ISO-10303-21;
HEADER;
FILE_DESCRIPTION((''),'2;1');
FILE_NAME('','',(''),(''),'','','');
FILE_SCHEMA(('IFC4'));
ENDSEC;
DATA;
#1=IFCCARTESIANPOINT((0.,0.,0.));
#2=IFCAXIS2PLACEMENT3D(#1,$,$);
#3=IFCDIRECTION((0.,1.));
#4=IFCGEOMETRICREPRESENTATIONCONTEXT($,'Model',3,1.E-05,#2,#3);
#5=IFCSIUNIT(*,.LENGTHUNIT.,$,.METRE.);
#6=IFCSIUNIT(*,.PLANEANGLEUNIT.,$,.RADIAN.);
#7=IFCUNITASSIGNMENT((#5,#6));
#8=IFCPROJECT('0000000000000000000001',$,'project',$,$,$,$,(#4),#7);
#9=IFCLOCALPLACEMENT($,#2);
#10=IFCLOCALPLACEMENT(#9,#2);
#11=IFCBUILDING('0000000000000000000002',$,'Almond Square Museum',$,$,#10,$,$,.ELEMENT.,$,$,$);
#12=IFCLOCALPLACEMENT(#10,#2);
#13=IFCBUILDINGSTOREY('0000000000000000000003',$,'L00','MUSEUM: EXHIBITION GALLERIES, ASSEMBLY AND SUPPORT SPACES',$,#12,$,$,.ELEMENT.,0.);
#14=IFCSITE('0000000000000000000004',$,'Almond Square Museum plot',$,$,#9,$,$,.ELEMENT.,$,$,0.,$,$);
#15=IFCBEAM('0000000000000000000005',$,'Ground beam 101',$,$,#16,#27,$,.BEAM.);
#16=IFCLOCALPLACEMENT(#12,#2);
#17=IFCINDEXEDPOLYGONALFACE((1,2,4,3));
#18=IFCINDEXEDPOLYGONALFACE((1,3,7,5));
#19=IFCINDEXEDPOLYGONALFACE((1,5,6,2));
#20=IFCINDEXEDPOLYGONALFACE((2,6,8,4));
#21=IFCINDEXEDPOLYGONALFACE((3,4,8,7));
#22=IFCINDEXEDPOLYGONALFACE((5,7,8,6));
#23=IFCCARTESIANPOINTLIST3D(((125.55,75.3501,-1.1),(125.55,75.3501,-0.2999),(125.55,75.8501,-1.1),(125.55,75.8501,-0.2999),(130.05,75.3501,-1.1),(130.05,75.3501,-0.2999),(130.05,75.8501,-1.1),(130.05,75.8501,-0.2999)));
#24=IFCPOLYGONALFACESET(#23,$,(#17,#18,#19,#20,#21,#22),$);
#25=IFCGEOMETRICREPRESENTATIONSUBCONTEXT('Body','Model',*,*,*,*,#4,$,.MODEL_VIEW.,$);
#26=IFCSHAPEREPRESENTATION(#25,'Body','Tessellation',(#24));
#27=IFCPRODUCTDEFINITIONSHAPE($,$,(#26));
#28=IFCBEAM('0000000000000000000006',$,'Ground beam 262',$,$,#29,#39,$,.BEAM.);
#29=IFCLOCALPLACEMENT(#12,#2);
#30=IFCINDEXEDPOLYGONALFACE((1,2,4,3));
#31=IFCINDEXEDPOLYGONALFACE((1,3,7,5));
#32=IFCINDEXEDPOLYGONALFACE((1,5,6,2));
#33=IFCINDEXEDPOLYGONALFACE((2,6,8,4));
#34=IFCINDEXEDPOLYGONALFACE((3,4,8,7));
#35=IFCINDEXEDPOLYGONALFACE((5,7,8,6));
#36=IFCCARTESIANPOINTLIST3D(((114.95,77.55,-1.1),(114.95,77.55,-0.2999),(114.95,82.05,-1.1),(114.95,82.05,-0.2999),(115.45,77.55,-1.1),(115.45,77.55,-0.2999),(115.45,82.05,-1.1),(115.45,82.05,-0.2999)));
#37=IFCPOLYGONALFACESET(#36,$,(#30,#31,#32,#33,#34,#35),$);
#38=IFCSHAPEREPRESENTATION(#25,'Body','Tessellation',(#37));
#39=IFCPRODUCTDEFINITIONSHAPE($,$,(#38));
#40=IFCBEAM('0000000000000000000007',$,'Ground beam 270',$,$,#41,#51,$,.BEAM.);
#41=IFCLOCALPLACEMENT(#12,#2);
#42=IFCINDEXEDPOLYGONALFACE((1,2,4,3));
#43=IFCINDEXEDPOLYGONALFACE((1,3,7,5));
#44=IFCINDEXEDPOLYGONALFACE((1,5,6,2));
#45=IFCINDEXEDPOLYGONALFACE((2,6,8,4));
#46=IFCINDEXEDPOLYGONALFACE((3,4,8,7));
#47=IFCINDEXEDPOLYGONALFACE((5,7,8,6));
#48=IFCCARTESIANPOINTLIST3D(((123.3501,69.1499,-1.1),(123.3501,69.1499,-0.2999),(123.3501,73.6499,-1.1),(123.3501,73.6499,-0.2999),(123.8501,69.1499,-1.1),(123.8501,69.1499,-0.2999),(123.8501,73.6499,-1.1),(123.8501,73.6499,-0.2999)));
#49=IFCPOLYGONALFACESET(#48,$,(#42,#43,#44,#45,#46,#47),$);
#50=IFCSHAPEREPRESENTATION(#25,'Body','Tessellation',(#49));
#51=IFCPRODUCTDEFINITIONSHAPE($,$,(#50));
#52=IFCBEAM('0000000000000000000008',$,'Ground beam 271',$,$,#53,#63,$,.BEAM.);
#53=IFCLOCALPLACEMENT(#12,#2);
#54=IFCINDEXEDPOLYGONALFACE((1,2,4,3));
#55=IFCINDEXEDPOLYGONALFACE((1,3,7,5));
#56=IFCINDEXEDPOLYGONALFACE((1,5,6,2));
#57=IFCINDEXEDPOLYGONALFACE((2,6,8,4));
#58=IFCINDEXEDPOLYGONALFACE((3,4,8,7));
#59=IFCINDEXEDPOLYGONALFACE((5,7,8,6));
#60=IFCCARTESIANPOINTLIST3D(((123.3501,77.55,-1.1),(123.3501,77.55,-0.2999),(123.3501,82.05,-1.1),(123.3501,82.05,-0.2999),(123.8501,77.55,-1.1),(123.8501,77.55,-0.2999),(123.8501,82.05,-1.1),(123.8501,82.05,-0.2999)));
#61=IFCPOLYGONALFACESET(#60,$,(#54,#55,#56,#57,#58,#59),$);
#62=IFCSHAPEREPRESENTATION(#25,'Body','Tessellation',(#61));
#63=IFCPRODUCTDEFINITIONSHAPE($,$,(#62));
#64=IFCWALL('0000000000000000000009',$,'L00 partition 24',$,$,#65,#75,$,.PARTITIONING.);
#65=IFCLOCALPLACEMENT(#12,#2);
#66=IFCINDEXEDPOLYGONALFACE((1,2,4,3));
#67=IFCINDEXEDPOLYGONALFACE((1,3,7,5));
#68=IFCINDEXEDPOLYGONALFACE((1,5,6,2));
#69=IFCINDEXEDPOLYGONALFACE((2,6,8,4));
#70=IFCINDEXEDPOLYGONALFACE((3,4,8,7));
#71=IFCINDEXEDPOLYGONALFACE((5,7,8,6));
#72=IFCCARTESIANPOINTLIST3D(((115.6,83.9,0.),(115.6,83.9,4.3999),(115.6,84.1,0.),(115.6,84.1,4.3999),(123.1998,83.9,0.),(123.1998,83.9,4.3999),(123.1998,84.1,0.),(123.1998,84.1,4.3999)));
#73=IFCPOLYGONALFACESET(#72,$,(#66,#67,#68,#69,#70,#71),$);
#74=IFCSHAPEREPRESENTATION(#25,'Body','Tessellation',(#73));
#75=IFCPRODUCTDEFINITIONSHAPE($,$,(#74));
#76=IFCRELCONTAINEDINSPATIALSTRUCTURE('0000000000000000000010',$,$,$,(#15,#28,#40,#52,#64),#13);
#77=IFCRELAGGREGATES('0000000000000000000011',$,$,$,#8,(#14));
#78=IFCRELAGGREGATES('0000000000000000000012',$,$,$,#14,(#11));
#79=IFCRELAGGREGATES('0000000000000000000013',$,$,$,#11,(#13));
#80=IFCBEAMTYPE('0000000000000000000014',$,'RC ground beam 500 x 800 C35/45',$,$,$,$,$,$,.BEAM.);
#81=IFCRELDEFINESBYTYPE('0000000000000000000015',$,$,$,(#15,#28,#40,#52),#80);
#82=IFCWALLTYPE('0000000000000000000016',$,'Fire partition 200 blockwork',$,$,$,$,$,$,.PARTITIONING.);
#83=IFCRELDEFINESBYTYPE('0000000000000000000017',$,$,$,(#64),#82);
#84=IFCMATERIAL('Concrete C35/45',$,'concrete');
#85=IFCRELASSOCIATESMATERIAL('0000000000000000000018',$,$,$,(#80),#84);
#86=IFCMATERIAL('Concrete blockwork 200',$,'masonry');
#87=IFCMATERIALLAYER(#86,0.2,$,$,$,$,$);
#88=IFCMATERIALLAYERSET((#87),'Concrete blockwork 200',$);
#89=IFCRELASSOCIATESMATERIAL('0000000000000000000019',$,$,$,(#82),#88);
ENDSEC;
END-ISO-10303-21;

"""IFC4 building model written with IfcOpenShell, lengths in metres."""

from ifc_helpers import new_model, si_unit, direction, frame, frame_2d, origin, origin_2d, place, context, subcontext, project, spatial, rectangle, extrude, material, layer, layer_set, material_profile, profile_set, type_object, element, save


model = new_model("IFC4")

# Units and contexts
model_context = context("Model", 3, precision=1e-05, world=origin(), true_north=direction((0.0, 1.0)))
body_context = subcontext(model_context, "Body", "Model", "MODEL_VIEW")
ifc_project = project(units=[si_unit("LENGTHUNIT", "METRE"), si_unit("PLANEANGLEUNIT", "RADIAN")], contexts=[model_context])

# Site, building, storey
site_placement = place(None, origin())
site = spatial("IfcSite", under=ifc_project, at=site_placement, Name="Almond Square Museum plot", CompositionType="ELEMENT", RefElevation=0.0)
building_placement = place(site_placement, origin())
building = spatial("IfcBuilding", under=site, at=building_placement, Name="Almond Square Museum", CompositionType="ELEMENT")
storey_placement = place(building_placement, origin())
storey = spatial("IfcBuildingStorey", under=building, at=storey_placement, Name="L00", Description="MUSEUM: EXHIBITION GALLERIES, ASSEMBLY AND SUPPORT SPACES", CompositionType="ELEMENT", Elevation=0.0)

# Beams
ifc_material_1 = material(Name="Concrete C35/45", Category="concrete")
ifc_material_profile_1 = material_profile(ifc_material_1, rectangle(XDim=0.5, YDim=0.8, at=origin_2d()))
ifc_profile_set_1 = profile_set([ifc_material_profile_1], Name="Concrete C35/45")
beam_type = type_object("IfcBeamType", Name="RC ground beam 500 x 800 C35/45", PredefinedType="BEAM", material=ifc_profile_set_1)
for number, where, z_axis, x_axis, name in (
    (1, (125.55, 75.6001, -0.7), (1.0, 0.0, 0.0), (0.0, 1.0, 0.0), "Ground beam 101"),
    (2, (115.2, 77.55, -0.7), (0.0, 1.0, 0.0), (-1.0, 0.0, 0.0), "Ground beam 262"),
    (3, (123.6001, 69.1499, -0.7), (0.0, 1.0, 0.0), (-1.0, 0.0, 0.0), "Ground beam 270"),
    (4, (123.6001, 77.55, -0.7), (0.0, 1.0, 0.0), (-1.0, 0.0, 0.0), "Ground beam 271"),
):
    element("IfcBeam", number, at=place(storey_placement, frame(where, z_axis=z_axis, x_axis=x_axis)), inside=storey, type_object=beam_type, Name=name, PredefinedType="BEAM", context=body_context, shape_type="SweptSolid", body=[
        extrude(rectangle(XDim=0.5, YDim=0.8, at=origin_2d()), origin(), (0.0, 0.0, 1.0), 4.5),
    ])

# Wall
ifc_material_2 = material(Name="Concrete blockwork 200", Category="masonry")
ifc_layer = layer(ifc_material_2, 0.2)
ifc_layer_set = layer_set([ifc_layer], Name="Concrete blockwork 200")
wall_type = type_object("IfcWallType", Name="Fire partition 200 blockwork", PredefinedType="PARTITIONING", material=ifc_layer_set)
wall_placement = place(storey_placement, frame((115.6001, 84.0, 0.0), z_axis=(0.0, 0.0, 1.0), x_axis=(1.0, 0.0, 0.0)))
element("IfcWall", 5, at=wall_placement, inside=storey, type_object=wall_type, Name="L00 partition 24", PredefinedType="PARTITIONING", context=body_context, shape_type="SweptSolid", body=[
    extrude(rectangle(XDim=7.5999, YDim=0.2, at=frame_2d((3.7998, 0.0))), origin(), (0.0, 0.0, 1.0), 4.3999),
])

save(model, "model.ifc")
